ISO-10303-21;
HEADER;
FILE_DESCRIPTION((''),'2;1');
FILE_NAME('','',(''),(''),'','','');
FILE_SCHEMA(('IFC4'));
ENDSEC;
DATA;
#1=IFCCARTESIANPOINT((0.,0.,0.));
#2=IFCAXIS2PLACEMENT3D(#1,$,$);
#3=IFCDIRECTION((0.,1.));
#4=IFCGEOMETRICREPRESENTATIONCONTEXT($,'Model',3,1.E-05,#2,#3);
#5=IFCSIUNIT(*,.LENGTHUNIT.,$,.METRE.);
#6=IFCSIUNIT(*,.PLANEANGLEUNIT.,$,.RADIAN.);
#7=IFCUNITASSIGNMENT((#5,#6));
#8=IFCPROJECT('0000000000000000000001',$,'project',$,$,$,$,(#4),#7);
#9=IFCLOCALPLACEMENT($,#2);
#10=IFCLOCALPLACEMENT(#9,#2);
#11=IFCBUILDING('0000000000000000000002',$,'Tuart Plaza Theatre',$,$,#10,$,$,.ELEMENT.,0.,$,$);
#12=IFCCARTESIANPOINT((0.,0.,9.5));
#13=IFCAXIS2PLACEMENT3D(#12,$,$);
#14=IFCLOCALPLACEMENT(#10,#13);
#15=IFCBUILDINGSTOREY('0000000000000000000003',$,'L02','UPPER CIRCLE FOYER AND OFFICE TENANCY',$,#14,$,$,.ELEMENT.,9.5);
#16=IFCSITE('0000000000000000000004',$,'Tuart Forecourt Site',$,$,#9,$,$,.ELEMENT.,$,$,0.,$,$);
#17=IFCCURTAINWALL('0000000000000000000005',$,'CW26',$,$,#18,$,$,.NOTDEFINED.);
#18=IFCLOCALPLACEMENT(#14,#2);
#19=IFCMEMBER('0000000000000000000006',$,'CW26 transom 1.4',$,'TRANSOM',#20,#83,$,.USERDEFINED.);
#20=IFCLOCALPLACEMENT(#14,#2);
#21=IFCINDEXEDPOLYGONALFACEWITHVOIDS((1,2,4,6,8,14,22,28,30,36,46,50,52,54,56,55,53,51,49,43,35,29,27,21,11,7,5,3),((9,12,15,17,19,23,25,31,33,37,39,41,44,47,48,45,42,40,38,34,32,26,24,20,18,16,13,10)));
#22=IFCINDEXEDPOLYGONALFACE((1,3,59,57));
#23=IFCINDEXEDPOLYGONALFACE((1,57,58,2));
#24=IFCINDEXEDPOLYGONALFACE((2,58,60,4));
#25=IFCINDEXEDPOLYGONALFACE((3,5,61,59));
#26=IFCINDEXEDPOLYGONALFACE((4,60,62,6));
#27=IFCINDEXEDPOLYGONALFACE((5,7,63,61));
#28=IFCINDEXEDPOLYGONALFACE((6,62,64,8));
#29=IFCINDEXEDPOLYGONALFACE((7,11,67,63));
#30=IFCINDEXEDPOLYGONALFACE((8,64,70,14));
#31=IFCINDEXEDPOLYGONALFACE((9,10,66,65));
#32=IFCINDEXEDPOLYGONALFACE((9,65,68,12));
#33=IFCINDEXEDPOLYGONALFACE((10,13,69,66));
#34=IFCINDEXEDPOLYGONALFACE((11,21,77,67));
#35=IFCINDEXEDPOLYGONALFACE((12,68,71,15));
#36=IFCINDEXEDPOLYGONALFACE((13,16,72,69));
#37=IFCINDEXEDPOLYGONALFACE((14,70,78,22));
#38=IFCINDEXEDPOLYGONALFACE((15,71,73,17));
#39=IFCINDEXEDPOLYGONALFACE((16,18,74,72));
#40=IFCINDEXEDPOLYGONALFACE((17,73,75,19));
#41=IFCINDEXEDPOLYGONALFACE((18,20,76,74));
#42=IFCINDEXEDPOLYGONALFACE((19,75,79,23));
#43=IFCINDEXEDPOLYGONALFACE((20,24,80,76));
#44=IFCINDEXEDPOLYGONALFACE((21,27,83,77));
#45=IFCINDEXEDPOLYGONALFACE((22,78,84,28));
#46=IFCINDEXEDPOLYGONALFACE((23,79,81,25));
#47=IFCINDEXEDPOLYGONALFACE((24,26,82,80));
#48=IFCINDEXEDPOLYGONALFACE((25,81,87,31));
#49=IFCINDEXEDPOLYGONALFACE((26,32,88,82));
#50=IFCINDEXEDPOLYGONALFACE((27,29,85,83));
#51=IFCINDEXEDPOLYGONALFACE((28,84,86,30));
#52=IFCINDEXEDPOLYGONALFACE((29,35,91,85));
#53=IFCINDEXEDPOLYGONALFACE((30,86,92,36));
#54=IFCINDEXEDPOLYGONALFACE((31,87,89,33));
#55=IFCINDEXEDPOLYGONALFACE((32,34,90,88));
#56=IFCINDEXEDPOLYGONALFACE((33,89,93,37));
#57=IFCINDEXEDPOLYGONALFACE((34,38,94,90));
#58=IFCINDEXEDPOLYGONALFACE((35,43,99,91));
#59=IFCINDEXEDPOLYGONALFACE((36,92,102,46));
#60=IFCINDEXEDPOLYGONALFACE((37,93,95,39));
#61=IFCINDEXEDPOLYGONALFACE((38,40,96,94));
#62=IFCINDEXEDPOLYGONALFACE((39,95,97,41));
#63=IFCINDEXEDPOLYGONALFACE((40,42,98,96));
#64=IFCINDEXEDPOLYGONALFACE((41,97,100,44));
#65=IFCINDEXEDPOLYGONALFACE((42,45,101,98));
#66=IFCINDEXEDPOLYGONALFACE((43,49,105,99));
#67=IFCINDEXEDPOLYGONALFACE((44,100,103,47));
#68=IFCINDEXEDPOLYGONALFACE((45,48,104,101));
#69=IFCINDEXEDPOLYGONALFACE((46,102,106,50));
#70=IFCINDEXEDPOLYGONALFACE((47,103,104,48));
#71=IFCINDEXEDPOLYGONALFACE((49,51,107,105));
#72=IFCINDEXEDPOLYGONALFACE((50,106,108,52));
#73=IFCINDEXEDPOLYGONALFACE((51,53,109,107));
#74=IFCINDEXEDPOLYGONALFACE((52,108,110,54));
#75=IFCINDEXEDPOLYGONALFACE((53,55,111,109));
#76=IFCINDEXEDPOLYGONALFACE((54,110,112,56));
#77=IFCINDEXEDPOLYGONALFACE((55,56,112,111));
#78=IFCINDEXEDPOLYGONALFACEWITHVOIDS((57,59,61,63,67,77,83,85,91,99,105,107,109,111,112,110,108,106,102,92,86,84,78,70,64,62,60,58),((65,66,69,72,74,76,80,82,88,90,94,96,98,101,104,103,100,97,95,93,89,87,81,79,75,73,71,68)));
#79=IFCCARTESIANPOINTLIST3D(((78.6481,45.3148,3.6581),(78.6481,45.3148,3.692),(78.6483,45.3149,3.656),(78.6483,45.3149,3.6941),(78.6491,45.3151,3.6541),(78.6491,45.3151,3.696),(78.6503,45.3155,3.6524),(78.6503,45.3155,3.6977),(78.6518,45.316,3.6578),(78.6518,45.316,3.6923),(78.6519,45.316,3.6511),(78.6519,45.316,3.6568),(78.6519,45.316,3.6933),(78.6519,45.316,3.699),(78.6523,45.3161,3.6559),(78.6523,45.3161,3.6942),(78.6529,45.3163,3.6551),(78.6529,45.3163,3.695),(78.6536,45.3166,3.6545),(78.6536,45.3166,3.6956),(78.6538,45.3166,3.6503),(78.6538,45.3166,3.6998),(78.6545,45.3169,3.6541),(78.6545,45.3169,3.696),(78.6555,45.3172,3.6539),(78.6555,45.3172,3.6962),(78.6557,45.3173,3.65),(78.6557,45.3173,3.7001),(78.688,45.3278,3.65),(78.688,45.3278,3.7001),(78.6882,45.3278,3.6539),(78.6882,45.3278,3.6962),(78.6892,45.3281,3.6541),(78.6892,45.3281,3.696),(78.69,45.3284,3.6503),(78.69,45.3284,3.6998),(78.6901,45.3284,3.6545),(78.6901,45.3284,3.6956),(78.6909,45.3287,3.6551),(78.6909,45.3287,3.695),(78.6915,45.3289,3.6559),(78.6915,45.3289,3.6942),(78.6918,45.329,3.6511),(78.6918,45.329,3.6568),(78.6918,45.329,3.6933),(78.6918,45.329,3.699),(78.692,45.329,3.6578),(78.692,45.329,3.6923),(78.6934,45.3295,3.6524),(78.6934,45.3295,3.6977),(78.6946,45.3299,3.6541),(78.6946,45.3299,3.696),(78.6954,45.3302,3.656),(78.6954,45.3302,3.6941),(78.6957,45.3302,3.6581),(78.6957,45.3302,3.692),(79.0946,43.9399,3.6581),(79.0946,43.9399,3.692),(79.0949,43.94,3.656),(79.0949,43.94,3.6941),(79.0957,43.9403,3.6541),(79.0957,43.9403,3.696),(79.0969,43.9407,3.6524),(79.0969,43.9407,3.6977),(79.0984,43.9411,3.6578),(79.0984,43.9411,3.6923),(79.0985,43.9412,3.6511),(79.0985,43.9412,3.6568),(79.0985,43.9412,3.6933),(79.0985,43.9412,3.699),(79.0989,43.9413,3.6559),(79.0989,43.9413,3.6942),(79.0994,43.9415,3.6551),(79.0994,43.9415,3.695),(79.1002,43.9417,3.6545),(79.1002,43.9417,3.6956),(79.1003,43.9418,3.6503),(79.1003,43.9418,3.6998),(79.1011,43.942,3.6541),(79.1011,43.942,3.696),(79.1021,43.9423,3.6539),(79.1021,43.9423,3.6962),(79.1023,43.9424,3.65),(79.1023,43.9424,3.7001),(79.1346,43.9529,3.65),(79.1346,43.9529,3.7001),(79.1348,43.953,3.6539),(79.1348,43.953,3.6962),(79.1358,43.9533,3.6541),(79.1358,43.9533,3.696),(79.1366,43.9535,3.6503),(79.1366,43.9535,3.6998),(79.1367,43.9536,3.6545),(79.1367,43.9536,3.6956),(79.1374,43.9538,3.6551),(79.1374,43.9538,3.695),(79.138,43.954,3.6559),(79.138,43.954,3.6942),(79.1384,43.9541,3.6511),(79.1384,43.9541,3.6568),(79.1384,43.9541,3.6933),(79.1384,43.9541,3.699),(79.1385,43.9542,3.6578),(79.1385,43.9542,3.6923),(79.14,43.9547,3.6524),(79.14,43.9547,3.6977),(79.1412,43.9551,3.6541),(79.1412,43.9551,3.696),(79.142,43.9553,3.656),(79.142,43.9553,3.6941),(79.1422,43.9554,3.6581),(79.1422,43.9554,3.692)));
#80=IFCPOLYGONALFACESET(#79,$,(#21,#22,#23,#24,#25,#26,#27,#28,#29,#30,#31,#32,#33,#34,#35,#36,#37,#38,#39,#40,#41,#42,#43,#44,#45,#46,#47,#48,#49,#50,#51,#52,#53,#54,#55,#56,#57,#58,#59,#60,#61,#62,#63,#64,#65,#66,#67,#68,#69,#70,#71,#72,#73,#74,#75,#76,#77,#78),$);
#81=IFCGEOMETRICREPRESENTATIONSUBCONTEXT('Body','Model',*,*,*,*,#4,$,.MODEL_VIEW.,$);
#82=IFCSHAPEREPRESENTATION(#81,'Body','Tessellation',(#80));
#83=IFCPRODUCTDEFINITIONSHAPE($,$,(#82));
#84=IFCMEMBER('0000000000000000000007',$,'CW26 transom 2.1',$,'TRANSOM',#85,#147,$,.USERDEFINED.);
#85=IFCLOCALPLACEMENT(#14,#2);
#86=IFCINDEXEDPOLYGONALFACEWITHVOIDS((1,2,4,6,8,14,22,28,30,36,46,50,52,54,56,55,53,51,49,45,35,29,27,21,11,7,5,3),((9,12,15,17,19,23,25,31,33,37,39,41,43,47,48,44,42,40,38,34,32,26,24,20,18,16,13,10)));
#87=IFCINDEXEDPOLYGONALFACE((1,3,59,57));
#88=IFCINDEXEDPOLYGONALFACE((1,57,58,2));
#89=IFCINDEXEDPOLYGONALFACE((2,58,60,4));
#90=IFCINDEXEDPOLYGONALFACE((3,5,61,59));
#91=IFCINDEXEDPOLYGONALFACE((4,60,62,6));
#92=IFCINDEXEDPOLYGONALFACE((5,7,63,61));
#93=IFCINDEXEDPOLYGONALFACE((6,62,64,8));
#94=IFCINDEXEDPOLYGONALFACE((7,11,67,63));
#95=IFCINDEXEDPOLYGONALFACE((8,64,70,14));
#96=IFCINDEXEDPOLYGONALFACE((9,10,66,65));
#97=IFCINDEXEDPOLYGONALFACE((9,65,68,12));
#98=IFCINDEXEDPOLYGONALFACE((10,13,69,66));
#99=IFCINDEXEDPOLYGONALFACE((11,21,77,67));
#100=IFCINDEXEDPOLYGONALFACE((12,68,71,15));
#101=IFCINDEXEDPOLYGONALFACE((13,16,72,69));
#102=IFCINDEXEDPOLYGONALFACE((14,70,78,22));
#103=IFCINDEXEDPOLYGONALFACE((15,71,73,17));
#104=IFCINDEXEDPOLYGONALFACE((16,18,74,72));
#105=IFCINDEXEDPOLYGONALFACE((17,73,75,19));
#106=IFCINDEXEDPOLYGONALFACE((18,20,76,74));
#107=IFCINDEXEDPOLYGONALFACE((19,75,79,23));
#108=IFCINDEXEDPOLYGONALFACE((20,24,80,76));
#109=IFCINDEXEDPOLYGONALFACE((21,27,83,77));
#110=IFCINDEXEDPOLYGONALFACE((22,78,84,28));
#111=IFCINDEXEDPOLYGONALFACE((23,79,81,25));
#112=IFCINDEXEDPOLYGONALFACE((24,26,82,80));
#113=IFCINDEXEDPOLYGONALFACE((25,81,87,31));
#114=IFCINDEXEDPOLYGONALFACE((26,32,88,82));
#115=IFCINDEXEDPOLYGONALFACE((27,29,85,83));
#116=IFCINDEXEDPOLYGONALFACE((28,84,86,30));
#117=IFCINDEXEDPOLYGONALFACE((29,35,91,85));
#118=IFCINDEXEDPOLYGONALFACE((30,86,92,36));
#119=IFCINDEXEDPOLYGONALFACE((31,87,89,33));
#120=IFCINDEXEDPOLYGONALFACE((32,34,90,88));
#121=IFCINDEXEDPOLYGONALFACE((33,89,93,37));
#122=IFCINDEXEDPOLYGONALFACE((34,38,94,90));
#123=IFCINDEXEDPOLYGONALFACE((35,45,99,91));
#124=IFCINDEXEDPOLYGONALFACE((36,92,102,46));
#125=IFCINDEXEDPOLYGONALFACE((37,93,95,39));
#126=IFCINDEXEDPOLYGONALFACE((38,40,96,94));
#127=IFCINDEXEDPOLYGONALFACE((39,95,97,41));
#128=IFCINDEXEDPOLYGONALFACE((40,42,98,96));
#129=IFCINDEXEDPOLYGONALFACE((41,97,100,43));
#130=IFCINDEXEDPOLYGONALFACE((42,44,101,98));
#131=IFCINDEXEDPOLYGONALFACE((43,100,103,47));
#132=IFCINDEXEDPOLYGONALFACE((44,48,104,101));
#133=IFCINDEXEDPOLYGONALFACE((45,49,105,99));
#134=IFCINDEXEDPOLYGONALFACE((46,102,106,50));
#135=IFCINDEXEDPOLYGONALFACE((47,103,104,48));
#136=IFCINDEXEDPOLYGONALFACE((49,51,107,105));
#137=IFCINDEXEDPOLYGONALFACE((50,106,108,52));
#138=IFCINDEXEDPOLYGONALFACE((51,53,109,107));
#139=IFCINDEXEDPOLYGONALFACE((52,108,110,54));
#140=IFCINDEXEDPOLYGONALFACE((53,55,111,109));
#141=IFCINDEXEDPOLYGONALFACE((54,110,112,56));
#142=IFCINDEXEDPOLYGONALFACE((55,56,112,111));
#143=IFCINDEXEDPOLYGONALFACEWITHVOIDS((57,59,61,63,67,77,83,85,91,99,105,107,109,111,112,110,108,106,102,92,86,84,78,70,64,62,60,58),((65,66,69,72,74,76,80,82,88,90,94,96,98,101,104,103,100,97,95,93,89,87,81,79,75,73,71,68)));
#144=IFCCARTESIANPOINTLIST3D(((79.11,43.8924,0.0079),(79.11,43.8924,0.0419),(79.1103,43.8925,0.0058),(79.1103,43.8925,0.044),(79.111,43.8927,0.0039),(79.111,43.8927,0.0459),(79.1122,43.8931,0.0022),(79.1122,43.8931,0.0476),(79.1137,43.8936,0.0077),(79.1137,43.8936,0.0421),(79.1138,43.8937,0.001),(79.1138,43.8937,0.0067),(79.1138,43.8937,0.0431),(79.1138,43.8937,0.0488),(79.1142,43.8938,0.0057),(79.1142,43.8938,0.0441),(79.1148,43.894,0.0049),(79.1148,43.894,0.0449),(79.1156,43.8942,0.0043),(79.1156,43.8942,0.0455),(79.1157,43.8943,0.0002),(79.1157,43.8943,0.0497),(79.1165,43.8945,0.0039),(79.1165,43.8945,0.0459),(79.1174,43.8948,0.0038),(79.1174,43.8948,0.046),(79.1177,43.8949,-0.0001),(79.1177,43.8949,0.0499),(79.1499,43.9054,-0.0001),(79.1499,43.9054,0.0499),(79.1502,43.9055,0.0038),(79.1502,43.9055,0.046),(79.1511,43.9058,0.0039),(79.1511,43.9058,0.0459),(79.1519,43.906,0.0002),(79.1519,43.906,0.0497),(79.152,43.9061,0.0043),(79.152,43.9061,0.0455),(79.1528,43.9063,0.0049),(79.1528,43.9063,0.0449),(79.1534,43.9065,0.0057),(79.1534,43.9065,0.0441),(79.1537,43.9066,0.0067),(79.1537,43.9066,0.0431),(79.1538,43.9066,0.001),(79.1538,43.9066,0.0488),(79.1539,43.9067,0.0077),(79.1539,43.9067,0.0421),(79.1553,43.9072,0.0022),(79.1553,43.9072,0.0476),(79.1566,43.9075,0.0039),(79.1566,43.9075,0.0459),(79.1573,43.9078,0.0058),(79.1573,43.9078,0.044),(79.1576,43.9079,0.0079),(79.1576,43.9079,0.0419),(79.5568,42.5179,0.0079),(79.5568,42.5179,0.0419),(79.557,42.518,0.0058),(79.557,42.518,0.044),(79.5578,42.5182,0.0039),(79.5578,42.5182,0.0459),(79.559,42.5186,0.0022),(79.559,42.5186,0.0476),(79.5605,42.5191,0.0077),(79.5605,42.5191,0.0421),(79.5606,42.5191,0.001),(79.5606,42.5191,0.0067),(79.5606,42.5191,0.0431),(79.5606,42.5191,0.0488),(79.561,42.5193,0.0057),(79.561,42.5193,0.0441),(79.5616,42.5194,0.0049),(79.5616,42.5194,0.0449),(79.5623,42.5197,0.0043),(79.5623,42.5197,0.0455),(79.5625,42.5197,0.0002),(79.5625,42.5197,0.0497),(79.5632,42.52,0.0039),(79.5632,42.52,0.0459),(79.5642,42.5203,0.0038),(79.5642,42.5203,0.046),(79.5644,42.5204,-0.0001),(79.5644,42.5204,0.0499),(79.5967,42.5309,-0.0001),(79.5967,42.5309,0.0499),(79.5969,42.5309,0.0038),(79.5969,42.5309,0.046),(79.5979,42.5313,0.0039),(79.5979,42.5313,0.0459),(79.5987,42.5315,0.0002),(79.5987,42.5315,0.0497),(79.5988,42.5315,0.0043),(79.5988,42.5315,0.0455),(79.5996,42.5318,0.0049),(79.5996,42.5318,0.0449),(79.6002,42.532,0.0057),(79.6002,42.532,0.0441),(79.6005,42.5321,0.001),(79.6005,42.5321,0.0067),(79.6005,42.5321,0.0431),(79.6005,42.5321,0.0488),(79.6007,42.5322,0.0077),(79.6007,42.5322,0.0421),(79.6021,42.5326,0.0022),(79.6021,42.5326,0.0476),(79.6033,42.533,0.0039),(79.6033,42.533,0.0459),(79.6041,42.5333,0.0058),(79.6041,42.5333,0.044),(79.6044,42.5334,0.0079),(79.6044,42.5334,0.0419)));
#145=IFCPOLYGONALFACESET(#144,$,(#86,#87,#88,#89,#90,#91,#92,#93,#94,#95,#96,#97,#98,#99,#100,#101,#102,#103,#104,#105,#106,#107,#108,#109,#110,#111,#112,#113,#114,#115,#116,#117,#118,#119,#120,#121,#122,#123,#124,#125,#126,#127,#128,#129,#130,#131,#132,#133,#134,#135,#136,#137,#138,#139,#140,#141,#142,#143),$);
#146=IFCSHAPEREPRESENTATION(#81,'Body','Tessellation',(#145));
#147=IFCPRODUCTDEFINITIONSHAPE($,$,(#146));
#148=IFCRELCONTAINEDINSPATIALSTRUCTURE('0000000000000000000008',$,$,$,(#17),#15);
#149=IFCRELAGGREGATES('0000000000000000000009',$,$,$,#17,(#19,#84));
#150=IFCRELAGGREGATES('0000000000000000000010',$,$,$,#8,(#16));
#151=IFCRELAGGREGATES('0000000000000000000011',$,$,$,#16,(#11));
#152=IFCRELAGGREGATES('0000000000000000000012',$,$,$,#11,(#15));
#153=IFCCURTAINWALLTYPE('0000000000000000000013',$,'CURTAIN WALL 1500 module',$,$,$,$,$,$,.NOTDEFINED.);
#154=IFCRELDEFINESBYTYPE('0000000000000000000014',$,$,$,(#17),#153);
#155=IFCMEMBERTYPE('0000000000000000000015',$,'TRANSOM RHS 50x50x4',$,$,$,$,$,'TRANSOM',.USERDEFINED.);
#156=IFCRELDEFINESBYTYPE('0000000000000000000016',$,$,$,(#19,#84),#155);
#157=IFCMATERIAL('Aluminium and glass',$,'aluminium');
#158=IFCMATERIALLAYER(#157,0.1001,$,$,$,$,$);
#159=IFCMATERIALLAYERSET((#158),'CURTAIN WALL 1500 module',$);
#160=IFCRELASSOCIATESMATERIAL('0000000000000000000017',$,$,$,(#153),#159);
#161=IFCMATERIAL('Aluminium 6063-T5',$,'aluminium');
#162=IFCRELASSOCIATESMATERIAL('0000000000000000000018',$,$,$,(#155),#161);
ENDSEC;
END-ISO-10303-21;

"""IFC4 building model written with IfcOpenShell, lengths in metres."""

from ifc_helpers import new_model, si_unit, direction, frame, origin, origin_2d, place, context, subcontext, project, spatial, hollow_rectangle, extrude, material, layer, layer_set, material_profile, profile_set, type_object, element, aggregate, save


model = new_model("IFC4")

# Units and contexts
model_context = context("Model", 3, precision=1e-05, world=origin(), true_north=direction((0.0, 1.0)))
body_context = subcontext(model_context, "Body", "Model", "MODEL_VIEW")
ifc_project = project(units=[si_unit("LENGTHUNIT", "METRE"), si_unit("PLANEANGLEUNIT", "RADIAN")], contexts=[model_context])

# Site, building, storey
site_placement = place(None, origin())
site = spatial("IfcSite", under=ifc_project, at=site_placement, Name="Tuart Forecourt Site", CompositionType="ELEMENT", RefElevation=0.0)
building_placement = place(site_placement, origin())
building = spatial("IfcBuilding", under=site, at=building_placement, Name="Tuart Plaza Theatre", CompositionType="ELEMENT", ElevationOfRefHeight=0.0)
storey_placement = place(building_placement, frame((0.0, 0.0, 9.5)))
storey = spatial("IfcBuildingStorey", under=building, at=storey_placement, Name="L02", Description="UPPER CIRCLE FOYER AND OFFICE TENANCY", CompositionType="ELEMENT", Elevation=9.5)

# Curtain wall, members
ifc_material_1 = material(Name="Aluminium and glass", Category="aluminium")
ifc_layer_1 = layer(ifc_material_1, 0.1001)
ifc_layer_set_1 = layer_set([ifc_layer_1], Name="CURTAIN WALL 1500 module")
curtain_wall_type = type_object("IfcCurtainWallType", Name="CURTAIN WALL 1500 module", PredefinedType="NOTDEFINED", material=ifc_layer_set_1)
curtain_wall_1_placement = place(storey_placement, origin())
curtain_wall_1 = element("IfcCurtainWall", 1, at=curtain_wall_1_placement, inside=storey, type_object=curtain_wall_type, Name="CW26", PredefinedType="NOTDEFINED")
ifc_material_2 = material(Name="Aluminium 6063-T5", Category="aluminium")
ifc_material_profile_1 = material_profile(ifc_material_2, hollow_rectangle(XDim=0.05, YDim=0.05, WallThickness=0.0039, InnerFilletRadius=0.0039, OuterFilletRadius=0.0081, at=origin_2d()), Name="RHS 50x50x4")
ifc_profile_set_1 = profile_set([ifc_material_profile_1], Name="Aluminium 6063-T5")
member_type_1 = type_object("IfcMemberType", Name="TRANSOM RHS 50x50x4", ElementType="TRANSOM", PredefinedType="USERDEFINED", material=ifc_profile_set_1)
member_1_placement = place(storey_placement, frame((78.6719, 45.3225, 3.675), z_axis=(0.308922, -0.951087, 0.0), x_axis=(0.951087, 0.308922, 0.0)))
member_1 = element("IfcMember", 2, at=member_1_placement, type_object=member_type_1, Name="CW26 transom 1.4", ObjectType="TRANSOM", PredefinedType="USERDEFINED", context=body_context, shape_type="SweptSolid", body=[
    extrude(hollow_rectangle(XDim=0.05, YDim=0.05, WallThickness=0.0039, InnerFilletRadius=0.0039, OuterFilletRadius=0.0081, at=origin_2d()), origin(), (0.0, 0.0, 1.0), 1.4456),
])
member_2_placement = place(storey_placement, frame((79.1338, 43.9001, 0.0249), z_axis=(0.309124, -0.951022, 0.0), x_axis=(0.951022, 0.309124, 0.0)))
member_2 = element("IfcMember", 3, at=member_2_placement, type_object=member_type_1, Name="CW26 transom 2.1", ObjectType="TRANSOM", PredefinedType="USERDEFINED", context=body_context, shape_type="SweptSolid", body=[
    extrude(hollow_rectangle(XDim=0.05, YDim=0.05, WallThickness=0.0039, InnerFilletRadius=0.0039, OuterFilletRadius=0.0081, at=origin_2d()), origin(), (0.0, 0.0, 1.0), 1.4453),
])

aggregate(curtain_wall_1, [member_1, member_2])

save(model, "model.ifc")
